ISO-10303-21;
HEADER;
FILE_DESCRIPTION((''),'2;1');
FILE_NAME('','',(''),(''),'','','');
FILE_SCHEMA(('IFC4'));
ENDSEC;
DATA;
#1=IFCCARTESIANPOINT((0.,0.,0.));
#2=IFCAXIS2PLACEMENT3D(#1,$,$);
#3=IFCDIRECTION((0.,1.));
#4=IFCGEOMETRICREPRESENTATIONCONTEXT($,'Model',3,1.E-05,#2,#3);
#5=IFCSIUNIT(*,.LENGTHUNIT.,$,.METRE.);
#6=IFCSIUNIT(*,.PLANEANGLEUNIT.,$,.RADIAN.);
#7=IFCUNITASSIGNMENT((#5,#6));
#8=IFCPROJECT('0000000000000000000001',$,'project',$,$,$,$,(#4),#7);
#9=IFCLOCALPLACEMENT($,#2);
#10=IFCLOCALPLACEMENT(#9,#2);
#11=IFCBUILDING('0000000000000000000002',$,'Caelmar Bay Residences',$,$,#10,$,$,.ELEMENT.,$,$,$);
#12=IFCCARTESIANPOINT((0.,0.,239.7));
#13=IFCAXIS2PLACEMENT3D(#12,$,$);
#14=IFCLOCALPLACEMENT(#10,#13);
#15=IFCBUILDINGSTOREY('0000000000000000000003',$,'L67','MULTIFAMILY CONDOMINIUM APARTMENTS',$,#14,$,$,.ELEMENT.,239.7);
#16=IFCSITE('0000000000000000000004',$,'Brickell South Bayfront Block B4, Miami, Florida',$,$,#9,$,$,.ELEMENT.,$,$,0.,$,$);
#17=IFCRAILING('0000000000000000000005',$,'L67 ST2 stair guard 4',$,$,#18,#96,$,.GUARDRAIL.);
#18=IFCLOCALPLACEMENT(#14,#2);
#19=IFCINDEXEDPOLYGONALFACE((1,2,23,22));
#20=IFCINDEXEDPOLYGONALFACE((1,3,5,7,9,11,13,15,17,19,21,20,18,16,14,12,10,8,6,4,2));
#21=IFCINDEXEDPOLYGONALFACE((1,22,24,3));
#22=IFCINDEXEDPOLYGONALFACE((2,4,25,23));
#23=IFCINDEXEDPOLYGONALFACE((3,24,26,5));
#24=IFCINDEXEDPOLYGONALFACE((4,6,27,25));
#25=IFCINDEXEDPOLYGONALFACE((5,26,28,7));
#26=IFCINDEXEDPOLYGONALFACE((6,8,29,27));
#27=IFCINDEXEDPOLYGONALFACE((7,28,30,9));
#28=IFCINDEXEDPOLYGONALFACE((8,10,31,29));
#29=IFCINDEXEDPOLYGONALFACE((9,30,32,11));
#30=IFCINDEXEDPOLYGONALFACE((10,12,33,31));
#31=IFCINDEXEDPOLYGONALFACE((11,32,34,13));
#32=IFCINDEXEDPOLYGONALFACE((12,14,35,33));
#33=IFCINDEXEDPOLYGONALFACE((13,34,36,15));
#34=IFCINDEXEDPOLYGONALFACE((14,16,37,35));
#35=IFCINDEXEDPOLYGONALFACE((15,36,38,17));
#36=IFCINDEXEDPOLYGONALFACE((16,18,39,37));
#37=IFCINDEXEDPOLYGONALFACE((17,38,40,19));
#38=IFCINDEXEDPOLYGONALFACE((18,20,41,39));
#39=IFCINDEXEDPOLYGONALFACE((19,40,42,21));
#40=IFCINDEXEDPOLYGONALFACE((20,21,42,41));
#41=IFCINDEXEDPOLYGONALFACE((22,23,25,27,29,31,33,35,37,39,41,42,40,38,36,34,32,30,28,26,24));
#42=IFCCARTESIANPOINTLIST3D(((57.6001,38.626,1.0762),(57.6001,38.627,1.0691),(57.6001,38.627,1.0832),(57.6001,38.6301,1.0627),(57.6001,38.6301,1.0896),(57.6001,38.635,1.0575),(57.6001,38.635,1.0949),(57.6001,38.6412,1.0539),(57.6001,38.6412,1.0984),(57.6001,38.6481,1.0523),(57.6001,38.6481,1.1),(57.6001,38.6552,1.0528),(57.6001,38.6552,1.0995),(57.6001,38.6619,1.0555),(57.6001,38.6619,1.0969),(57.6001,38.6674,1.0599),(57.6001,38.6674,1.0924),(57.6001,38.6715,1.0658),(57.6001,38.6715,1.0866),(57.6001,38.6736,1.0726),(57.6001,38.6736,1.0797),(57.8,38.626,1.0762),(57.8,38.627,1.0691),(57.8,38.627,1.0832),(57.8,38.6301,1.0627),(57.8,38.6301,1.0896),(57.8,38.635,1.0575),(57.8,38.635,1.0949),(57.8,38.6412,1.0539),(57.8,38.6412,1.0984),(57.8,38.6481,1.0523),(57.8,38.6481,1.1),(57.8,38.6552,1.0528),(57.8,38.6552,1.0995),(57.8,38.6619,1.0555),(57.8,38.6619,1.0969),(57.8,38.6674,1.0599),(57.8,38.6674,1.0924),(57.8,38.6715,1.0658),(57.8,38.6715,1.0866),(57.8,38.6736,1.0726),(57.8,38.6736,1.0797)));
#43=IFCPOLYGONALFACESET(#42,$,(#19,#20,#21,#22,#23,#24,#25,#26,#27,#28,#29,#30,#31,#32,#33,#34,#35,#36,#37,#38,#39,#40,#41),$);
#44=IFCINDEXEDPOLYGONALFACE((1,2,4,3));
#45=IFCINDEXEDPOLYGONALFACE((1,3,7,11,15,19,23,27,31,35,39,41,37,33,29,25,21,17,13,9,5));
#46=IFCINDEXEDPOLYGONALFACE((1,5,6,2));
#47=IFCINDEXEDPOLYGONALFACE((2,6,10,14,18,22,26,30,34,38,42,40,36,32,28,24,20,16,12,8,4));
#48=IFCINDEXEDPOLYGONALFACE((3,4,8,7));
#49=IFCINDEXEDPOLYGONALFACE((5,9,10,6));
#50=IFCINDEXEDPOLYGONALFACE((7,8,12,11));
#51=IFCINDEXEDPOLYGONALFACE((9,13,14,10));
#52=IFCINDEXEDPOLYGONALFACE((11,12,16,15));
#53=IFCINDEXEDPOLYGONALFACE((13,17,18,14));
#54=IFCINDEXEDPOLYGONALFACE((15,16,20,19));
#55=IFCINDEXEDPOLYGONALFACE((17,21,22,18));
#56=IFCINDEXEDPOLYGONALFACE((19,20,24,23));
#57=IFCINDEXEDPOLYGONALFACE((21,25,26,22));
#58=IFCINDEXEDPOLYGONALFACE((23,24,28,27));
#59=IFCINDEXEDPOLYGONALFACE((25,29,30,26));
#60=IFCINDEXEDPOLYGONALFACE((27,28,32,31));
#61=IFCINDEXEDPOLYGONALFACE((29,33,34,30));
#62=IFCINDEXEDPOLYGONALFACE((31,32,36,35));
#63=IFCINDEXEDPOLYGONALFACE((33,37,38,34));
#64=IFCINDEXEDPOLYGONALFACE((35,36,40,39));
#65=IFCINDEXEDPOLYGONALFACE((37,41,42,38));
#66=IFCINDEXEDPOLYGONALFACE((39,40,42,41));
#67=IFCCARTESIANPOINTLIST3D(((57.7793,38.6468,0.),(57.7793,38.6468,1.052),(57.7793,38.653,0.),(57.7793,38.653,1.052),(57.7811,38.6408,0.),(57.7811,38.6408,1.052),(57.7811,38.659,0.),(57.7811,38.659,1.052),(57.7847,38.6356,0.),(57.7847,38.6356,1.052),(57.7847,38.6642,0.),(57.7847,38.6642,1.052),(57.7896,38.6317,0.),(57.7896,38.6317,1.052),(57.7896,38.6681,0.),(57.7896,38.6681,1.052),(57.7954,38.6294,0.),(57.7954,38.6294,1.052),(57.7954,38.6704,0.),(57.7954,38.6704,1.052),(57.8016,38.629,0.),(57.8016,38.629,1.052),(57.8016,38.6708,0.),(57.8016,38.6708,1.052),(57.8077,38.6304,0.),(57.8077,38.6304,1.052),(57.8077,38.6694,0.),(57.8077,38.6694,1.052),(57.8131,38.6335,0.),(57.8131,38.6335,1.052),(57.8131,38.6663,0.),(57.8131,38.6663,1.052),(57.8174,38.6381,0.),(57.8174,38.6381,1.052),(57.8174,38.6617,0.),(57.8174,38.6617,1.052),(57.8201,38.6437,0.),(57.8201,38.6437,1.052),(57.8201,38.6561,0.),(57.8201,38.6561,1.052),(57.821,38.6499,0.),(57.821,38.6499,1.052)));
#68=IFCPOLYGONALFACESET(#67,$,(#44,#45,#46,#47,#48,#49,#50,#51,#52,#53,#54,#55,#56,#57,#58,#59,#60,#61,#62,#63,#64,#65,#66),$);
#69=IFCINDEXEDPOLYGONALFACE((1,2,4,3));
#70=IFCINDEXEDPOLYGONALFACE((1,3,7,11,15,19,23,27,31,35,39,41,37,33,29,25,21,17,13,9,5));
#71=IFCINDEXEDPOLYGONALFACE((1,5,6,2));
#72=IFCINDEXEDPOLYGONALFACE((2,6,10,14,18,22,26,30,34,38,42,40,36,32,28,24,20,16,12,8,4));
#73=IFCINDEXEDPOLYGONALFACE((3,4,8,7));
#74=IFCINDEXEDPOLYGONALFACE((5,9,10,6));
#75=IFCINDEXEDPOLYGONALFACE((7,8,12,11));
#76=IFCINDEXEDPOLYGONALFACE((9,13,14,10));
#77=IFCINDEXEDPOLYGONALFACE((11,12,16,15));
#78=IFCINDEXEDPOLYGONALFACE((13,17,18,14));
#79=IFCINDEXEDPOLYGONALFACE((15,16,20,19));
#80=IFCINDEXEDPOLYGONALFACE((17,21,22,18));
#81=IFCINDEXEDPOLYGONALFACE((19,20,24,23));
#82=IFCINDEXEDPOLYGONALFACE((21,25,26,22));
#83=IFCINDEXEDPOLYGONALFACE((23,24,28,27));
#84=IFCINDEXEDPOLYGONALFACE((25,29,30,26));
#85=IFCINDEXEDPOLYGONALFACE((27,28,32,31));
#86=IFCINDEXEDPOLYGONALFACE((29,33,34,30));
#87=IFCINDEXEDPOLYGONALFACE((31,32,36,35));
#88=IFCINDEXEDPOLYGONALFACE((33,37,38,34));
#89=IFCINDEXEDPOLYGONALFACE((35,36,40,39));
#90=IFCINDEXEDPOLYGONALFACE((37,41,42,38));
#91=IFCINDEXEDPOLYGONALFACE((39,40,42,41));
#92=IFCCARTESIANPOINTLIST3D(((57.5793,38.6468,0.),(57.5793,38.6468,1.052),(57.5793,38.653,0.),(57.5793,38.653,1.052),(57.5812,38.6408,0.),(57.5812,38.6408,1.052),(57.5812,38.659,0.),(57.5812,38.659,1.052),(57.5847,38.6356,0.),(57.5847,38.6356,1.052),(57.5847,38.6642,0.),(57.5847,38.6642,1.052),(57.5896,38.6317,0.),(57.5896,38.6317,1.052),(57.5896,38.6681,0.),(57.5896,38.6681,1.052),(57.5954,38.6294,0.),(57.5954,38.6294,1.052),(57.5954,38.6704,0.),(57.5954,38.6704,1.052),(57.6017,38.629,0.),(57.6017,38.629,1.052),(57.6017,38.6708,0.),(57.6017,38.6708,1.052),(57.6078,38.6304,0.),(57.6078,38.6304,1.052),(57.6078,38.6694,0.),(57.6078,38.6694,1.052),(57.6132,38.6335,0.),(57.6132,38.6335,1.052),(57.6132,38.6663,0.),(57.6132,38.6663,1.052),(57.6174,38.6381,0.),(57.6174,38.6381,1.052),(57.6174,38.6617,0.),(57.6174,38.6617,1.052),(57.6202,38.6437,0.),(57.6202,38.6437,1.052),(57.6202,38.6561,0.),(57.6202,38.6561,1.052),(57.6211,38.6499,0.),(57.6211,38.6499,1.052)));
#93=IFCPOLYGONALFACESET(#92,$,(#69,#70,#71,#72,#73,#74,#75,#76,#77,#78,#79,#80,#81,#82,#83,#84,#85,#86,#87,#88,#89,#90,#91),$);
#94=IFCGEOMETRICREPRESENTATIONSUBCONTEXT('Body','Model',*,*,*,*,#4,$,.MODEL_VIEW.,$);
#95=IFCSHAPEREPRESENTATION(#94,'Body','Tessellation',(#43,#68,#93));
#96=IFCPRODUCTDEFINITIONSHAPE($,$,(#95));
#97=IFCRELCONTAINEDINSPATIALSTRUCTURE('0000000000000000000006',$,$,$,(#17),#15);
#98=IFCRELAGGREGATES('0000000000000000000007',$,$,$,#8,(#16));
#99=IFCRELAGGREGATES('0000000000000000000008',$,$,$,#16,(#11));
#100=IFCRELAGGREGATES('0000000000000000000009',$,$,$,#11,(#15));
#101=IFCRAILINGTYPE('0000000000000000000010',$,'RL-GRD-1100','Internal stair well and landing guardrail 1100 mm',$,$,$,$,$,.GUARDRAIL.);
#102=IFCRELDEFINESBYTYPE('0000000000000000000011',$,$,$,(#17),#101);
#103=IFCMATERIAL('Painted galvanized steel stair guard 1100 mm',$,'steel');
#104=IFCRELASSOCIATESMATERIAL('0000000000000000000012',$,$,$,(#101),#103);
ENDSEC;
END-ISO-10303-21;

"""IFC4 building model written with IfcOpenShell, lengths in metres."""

from ifc_helpers import new_model, si_unit, direction, frame, origin, origin_2d, place, context, subcontext, project, spatial, circle, extrude, material, type_object, element, save


model = new_model("IFC4")

# Units and contexts
model_context = context("Model", 3, precision=1e-05, world=origin(), true_north=direction((0.0, 1.0)))
body_context = subcontext(model_context, "Body", "Model", "MODEL_VIEW")
ifc_project = project(units=[si_unit("LENGTHUNIT", "METRE"), si_unit("PLANEANGLEUNIT", "RADIAN")], contexts=[model_context])

# Site, building, storey
site_placement = place(None, origin())
site = spatial("IfcSite", under=ifc_project, at=site_placement, Name="Brickell South Bayfront Block B4, Miami, Florida", CompositionType="ELEMENT", RefElevation=0.0)
building_placement = place(site_placement, origin())
building = spatial("IfcBuilding", under=site, at=building_placement, Name="Caelmar Bay Residences", CompositionType="ELEMENT")
storey_placement = place(building_placement, frame((0.0, 0.0, 239.7)))
storey = spatial("IfcBuildingStorey", under=building, at=storey_placement, Name="L67", Description="MULTIFAMILY CONDOMINIUM APARTMENTS", CompositionType="ELEMENT", Elevation=239.7)

# Railing
ifc_material_1 = material(Name="Painted galvanized steel stair guard 1100 mm", Category="steel")
railing_type_1 = type_object("IfcRailingType", Name="RL-GRD-1100", Description="Internal stair well and landing guardrail 1100 mm", PredefinedType="GUARDRAIL", material=ifc_material_1)
railing_1_placement = place(storey_placement, frame((57.8, 38.6499, 0.0)))
element("IfcRailing", 1, at=railing_1_placement, inside=storey, type_object=railing_type_1, Name="L67 ST2 stair guard 4", PredefinedType="GUARDRAIL", context=body_context, shape_type="SweptSolid", body=[
    extrude(circle(Radius=0.0239, at=origin_2d()), frame((0.0, 0.0, 1.0762), z_axis=(-1.0, 0.0, 0.0), x_axis=(0.0, -1.0, 0.0)), (0.0, 0.0, 1.0), 0.2),
    extrude(circle(Radius=0.021, at=origin_2d()), origin(), (0.0, 0.0, 1.0), 1.052),
    extrude(circle(Radius=0.021, at=origin_2d()), frame((-0.2, 0.0, 0.0)), (0.0, 0.0, 1.0), 1.052),
])

save(model, "model.ifc")
